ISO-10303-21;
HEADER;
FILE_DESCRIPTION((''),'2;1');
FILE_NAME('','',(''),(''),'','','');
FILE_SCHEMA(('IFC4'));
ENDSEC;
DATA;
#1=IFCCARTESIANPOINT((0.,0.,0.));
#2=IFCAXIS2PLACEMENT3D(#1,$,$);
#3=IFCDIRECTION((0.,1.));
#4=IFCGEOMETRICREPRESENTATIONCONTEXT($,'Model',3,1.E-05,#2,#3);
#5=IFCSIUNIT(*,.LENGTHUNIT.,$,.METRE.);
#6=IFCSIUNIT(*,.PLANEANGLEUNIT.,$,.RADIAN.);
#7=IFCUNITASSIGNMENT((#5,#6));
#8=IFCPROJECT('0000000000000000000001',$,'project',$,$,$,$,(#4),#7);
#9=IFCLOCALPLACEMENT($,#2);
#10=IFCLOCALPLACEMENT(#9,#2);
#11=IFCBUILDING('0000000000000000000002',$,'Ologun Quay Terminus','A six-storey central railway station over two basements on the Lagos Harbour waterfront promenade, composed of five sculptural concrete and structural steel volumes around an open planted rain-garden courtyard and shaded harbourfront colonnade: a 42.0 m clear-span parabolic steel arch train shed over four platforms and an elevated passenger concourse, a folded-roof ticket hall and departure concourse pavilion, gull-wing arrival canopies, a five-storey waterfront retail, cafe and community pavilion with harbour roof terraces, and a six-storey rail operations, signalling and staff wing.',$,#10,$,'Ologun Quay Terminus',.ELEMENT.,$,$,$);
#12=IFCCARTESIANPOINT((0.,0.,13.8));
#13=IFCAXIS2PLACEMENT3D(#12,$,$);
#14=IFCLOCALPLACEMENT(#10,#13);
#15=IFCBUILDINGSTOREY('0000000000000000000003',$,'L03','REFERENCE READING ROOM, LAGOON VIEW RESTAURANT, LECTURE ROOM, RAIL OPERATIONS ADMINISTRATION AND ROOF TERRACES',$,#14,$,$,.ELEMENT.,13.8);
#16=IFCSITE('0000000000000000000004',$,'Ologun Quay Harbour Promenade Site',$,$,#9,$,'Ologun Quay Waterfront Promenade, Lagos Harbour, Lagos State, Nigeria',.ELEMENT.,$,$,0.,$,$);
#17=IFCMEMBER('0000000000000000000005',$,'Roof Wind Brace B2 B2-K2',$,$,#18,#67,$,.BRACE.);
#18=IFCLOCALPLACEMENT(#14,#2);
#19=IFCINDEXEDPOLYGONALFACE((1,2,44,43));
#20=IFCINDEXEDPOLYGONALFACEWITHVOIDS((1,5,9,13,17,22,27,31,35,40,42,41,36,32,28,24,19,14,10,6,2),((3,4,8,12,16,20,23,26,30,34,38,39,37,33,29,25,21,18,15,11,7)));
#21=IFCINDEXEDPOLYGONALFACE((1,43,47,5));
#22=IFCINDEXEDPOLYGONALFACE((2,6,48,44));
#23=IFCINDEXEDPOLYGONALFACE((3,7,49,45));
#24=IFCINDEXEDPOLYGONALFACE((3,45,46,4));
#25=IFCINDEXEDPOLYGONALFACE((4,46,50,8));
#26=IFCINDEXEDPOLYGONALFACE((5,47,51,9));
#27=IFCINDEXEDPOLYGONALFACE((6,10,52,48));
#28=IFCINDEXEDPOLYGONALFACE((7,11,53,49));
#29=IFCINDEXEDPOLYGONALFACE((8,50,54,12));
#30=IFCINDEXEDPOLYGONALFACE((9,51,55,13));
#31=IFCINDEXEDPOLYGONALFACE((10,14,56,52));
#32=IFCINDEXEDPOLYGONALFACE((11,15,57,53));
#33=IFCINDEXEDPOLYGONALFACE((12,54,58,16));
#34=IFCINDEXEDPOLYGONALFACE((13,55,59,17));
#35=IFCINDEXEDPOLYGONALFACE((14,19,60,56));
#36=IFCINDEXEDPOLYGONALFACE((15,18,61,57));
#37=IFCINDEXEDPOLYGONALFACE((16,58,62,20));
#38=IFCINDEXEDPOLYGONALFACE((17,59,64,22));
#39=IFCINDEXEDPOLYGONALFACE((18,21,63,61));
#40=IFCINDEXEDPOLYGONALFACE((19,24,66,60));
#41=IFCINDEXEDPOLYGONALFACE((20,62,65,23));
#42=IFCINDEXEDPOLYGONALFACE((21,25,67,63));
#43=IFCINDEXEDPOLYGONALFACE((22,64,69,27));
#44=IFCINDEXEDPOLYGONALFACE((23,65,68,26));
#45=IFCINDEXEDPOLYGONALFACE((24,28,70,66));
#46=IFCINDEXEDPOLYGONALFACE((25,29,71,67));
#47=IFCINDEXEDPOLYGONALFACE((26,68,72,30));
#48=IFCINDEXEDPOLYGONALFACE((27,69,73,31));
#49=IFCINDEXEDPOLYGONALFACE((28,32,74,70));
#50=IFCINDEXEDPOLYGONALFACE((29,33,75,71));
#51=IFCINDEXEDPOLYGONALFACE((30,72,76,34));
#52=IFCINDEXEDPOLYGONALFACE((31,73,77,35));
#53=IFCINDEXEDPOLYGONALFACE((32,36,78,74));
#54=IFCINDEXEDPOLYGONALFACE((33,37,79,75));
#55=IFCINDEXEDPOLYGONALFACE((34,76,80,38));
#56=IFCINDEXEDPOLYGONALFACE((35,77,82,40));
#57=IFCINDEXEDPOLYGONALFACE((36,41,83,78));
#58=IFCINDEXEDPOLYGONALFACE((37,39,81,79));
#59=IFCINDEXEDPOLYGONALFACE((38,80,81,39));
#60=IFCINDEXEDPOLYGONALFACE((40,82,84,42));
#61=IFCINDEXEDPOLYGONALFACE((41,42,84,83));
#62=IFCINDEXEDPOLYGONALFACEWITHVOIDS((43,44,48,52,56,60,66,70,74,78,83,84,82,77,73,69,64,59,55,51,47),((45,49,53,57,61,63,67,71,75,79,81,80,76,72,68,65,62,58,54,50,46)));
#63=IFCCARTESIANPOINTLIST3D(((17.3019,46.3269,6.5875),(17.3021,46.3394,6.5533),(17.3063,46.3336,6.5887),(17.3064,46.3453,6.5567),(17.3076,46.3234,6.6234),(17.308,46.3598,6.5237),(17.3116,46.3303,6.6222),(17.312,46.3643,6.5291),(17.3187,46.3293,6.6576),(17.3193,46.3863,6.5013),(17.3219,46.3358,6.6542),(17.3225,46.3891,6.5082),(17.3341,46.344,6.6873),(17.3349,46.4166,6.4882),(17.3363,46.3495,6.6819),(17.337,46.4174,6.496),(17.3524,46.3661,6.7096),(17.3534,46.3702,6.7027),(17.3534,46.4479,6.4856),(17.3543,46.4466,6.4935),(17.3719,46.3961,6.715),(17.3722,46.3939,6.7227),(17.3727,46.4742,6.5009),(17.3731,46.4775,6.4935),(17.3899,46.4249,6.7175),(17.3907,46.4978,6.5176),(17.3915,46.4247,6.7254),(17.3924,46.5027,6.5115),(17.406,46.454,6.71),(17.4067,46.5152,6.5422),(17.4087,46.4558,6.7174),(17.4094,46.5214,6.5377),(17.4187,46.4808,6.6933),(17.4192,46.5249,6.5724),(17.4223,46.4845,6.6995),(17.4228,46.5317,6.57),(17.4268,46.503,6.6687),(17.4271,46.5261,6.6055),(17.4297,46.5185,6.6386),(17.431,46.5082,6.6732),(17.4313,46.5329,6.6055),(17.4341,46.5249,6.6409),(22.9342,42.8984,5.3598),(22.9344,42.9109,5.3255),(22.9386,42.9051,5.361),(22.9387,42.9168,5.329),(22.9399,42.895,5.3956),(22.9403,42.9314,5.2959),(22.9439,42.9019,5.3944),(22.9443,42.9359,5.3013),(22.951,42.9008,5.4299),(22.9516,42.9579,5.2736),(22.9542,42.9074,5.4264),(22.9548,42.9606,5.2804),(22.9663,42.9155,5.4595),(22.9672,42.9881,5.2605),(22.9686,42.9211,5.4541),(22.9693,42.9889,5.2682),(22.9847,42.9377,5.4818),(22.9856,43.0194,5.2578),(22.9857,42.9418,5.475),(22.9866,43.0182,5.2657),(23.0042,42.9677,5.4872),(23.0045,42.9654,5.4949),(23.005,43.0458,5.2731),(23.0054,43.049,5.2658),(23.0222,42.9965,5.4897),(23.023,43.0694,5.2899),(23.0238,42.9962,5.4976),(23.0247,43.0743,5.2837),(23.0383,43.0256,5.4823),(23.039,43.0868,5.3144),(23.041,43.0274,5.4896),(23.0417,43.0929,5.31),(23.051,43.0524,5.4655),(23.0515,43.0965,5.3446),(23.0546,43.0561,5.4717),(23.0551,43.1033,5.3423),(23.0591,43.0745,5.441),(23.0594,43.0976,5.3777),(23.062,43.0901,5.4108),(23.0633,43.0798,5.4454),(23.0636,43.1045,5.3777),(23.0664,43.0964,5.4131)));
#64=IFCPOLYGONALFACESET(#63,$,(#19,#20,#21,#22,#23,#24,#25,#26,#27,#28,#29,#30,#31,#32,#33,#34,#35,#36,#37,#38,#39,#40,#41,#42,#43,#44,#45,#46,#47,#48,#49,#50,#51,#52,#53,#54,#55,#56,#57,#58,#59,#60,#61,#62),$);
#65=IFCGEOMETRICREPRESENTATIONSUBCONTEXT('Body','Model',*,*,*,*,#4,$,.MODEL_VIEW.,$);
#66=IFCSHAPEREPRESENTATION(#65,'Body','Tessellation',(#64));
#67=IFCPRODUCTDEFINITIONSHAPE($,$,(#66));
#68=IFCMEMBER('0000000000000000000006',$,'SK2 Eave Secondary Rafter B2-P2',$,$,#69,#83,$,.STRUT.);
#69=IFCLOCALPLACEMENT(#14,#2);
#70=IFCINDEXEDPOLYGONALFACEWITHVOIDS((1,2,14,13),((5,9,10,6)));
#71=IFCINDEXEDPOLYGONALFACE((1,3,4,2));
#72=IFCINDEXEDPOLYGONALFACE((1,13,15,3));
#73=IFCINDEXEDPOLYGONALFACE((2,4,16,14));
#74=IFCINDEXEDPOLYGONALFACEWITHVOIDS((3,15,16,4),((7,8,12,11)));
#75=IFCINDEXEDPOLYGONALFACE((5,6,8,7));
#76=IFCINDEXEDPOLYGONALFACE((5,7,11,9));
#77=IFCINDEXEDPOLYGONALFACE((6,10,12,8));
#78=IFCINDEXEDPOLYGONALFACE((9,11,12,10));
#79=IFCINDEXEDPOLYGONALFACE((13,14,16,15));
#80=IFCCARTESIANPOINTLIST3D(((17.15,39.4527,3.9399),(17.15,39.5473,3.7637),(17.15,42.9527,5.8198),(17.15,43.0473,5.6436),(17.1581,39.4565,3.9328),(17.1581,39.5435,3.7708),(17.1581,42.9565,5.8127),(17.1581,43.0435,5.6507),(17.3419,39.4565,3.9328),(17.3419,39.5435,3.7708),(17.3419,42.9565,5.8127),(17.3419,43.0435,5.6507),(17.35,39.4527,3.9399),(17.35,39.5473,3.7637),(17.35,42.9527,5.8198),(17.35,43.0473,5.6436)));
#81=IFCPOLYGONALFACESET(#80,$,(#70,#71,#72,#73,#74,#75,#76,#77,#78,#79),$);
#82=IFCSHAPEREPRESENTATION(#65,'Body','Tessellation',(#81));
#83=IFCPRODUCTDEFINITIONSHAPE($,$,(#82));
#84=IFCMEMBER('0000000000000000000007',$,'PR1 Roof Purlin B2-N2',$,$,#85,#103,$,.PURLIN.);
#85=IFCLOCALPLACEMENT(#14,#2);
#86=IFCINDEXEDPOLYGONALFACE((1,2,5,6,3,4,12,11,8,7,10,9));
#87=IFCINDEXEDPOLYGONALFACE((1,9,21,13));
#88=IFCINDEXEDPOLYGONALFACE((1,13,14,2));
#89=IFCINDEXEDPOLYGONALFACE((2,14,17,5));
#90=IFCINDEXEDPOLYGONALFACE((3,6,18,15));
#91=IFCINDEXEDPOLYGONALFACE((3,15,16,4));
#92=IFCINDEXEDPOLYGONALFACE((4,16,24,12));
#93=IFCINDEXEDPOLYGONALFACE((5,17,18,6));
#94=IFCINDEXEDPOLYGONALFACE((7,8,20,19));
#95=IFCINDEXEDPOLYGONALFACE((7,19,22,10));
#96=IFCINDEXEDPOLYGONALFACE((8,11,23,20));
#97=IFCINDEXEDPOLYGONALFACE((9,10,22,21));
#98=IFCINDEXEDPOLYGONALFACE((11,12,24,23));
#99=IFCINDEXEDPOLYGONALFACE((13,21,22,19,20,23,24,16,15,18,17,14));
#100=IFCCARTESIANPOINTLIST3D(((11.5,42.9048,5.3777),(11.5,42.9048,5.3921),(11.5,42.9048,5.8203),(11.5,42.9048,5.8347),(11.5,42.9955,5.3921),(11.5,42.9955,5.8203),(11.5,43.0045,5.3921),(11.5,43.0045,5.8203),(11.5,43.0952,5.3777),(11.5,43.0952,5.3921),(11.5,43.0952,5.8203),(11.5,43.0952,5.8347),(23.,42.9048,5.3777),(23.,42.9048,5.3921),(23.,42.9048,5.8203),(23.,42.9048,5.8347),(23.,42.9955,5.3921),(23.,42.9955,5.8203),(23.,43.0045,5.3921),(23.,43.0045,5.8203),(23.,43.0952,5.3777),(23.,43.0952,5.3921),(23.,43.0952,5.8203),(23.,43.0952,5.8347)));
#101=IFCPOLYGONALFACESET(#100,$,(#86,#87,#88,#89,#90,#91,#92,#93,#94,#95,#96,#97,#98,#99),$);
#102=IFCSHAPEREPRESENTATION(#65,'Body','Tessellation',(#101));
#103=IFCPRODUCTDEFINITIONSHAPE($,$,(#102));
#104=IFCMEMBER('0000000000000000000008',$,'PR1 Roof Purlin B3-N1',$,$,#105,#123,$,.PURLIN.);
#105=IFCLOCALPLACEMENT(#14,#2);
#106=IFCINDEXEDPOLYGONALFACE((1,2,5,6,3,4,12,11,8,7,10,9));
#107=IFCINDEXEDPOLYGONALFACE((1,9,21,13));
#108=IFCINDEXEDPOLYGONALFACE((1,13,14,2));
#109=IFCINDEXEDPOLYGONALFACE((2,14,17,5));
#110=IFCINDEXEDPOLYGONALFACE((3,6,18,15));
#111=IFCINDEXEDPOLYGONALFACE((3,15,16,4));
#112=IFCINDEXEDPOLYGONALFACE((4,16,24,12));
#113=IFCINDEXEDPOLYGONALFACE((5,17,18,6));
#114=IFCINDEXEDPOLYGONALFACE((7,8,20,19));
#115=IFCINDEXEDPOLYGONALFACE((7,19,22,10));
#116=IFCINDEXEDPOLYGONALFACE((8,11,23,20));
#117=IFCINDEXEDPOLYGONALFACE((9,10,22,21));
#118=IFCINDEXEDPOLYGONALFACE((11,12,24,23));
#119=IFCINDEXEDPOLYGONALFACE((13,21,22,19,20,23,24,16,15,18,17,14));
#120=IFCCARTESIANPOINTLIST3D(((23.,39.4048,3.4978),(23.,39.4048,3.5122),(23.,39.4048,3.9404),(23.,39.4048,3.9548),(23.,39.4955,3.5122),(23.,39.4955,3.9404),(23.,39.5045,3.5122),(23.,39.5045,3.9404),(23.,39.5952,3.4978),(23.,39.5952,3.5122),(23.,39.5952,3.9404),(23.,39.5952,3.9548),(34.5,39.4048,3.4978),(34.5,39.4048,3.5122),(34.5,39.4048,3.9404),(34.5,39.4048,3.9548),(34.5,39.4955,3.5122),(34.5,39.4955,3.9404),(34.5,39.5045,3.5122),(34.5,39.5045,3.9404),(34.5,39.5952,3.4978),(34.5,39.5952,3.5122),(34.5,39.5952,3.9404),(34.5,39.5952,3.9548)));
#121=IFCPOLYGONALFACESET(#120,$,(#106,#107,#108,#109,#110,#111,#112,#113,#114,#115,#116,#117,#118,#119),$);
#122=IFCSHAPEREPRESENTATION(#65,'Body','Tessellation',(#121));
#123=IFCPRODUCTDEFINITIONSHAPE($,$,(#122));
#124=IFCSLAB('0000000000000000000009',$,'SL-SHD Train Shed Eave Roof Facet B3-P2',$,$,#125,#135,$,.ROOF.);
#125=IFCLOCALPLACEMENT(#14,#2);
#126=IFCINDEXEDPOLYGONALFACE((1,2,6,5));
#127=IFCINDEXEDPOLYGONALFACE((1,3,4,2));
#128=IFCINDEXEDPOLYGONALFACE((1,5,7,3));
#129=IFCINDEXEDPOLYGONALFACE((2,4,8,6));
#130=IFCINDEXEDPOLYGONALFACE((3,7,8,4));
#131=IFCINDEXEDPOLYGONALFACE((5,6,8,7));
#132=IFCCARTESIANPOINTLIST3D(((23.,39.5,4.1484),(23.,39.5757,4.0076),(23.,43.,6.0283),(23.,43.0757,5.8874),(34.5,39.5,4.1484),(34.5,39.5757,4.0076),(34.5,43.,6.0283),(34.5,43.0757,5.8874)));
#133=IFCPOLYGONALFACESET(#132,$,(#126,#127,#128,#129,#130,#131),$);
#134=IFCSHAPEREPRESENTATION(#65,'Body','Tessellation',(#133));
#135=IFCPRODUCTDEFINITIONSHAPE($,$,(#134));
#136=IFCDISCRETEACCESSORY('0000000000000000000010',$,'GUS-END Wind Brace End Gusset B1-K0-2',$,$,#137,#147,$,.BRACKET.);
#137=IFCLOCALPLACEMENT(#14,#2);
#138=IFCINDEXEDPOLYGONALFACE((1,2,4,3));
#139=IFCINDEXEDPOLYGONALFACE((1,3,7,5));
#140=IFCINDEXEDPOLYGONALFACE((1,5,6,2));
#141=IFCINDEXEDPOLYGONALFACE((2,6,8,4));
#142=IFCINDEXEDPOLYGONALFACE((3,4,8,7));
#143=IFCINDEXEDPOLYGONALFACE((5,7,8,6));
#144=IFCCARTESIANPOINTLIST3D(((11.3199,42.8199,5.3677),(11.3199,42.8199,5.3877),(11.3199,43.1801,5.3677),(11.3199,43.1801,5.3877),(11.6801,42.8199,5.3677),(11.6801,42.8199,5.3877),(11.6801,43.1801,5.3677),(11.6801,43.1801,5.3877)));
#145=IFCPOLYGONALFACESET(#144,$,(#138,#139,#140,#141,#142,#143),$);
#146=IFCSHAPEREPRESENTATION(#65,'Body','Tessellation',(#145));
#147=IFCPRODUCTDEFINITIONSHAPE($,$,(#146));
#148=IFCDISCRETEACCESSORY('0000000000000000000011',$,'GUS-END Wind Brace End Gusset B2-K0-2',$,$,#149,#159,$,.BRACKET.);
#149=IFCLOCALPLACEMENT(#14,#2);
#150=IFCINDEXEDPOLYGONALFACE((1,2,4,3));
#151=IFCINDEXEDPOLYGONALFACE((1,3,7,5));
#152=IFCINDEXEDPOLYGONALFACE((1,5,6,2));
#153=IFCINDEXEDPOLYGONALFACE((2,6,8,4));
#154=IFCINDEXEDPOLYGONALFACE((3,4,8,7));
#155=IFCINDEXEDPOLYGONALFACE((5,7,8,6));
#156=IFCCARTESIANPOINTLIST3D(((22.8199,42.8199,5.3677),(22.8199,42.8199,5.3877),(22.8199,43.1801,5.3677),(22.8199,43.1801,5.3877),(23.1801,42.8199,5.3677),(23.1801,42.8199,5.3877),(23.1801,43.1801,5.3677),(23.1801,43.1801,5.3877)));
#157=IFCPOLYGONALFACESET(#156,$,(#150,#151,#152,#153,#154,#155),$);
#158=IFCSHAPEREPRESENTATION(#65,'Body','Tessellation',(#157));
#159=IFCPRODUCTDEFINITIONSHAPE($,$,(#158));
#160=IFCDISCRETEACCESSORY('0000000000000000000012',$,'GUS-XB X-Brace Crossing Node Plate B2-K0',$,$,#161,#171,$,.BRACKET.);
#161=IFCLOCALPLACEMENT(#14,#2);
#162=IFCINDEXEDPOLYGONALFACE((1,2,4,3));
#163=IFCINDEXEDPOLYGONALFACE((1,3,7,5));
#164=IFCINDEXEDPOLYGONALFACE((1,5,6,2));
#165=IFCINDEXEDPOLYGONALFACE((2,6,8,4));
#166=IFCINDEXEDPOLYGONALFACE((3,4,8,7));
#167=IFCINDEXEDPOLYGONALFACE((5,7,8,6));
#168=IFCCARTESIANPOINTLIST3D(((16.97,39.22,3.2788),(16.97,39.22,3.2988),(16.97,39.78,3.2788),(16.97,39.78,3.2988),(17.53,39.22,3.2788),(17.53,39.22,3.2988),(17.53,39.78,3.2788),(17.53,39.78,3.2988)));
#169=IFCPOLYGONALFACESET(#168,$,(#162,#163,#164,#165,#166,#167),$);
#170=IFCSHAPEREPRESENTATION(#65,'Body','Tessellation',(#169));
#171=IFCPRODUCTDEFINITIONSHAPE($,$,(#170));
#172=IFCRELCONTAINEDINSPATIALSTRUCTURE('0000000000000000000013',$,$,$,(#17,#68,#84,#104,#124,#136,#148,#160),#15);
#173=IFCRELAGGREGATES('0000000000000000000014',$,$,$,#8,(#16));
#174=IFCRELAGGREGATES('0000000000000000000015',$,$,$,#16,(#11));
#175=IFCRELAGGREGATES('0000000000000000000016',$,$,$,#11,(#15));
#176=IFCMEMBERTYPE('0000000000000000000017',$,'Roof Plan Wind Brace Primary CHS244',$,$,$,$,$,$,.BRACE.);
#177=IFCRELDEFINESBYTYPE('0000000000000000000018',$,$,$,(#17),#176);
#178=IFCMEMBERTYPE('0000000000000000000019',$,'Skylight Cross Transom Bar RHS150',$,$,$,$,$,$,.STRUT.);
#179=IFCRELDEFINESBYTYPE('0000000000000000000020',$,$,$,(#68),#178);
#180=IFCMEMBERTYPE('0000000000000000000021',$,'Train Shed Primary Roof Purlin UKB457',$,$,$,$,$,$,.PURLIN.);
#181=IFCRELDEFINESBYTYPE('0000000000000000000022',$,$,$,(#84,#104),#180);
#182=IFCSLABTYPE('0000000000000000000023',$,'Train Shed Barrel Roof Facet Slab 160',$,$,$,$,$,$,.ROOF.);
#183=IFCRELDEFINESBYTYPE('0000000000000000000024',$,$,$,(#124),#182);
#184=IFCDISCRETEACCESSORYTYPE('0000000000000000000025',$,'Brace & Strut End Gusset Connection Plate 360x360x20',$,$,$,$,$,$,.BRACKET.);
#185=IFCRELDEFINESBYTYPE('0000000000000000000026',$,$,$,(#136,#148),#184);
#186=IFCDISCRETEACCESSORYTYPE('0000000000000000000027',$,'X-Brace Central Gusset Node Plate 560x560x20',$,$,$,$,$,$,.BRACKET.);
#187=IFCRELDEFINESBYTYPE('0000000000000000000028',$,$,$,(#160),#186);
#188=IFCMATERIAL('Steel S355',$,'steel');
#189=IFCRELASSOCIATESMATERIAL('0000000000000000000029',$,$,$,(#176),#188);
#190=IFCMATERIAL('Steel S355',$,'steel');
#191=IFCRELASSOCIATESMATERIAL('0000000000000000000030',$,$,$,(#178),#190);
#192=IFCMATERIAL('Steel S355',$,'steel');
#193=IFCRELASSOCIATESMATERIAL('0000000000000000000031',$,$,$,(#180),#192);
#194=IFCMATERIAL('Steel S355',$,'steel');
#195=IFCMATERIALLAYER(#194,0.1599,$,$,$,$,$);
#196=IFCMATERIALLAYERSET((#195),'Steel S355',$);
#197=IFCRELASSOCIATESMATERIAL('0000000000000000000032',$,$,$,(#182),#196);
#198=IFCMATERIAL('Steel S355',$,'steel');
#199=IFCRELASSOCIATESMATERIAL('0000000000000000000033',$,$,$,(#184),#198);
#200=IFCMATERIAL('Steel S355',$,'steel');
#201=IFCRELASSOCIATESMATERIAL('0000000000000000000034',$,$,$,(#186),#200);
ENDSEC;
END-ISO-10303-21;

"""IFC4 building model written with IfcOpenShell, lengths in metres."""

from ifc_helpers import new_model, si_unit, direction, frame, origin, origin_2d, place, context, subcontext, project, spatial, polyline, rectangle, hollow_rectangle, hollow_circle, i_section, outline, extrude, material, layer, layer_set, material_profile, profile_set, type_object, element, save


model = new_model("IFC4")

# Units and contexts
model_context = context("Model", 3, precision=1e-05, world=origin(), true_north=direction((0.0, 1.0)))
body_context = subcontext(model_context, "Body", "Model", "MODEL_VIEW")
ifc_project = project(units=[si_unit("LENGTHUNIT", "METRE"), si_unit("PLANEANGLEUNIT", "RADIAN")], contexts=[model_context])

# Site, building, storey
site_placement = place(None, origin())
site = spatial("IfcSite", under=ifc_project, at=site_placement, Name="Ologun Quay Harbour Promenade Site", LongName="Ologun Quay Waterfront Promenade, Lagos Harbour, Lagos State, Nigeria", CompositionType="ELEMENT", RefElevation=0.0)
building_placement = place(site_placement, origin())
building = spatial("IfcBuilding", under=site, at=building_placement, Name="Ologun Quay Terminus", Description="A six-storey central railway station over two basements on the Lagos Harbour waterfront promenade, composed of five sculptural concrete and structural steel volumes around an open planted rain-garden courtyard and shaded harbourfront colonnade: a 42.0 m clear-span parabolic steel arch train shed over four platforms and an elevated passenger concourse, a folded-roof ticket hall and departure concourse pavilion, gull-wing arrival canopies, a five-storey waterfront retail, cafe and community pavilion with harbour roof terraces, and a six-storey rail operations, signalling and staff wing.", LongName="Ologun Quay Terminus", CompositionType="ELEMENT")
storey_placement = place(building_placement, frame((0.0, 0.0, 13.8)))
storey = spatial("IfcBuildingStorey", under=building, at=storey_placement, Name="L03", Description="REFERENCE READING ROOM, LAGOON VIEW RESTAURANT, LECTURE ROOM, RAIL OPERATIONS ADMINISTRATION AND ROOF TERRACES", CompositionType="ELEMENT", Elevation=13.8)

# Members
ifc_material_1 = material(Name="Steel S355", Category="steel")
ifc_material_profile_1 = material_profile(ifc_material_1, hollow_circle(Radius=0.1223, WallThickness=0.0081, at=origin_2d()), Name="CHS 244.5x8")
ifc_profile_set_1 = profile_set([ifc_material_profile_1], Name="Steel S355")
member_type_1 = type_object("IfcMemberType", Name="Roof Plan Wind Brace Primary CHS244", PredefinedType="BRACE", material=ifc_profile_set_1)
member_1_placement = place(storey_placement, frame((17.3677, 46.4285, 6.6055), z_axis=(0.839758, -0.511171, -0.183058), x_axis=(0.519958, 0.854192, 0.0)))
element("IfcMember", 1, at=member_1_placement, inside=storey, type_object=member_type_1, Name="Roof Wind Brace B2 B2-K2", PredefinedType="BRACE", context=body_context, shape_type="SweptSolid", body=[
    extrude(hollow_circle(Radius=0.1223, WallThickness=0.0081, at=origin_2d()), origin(), (0.0, 0.0, 1.0), 6.707),
])
ifc_material_2 = material(Name="Steel S355", Category="steel")
ifc_material_profile_2 = material_profile(ifc_material_2, hollow_rectangle(XDim=0.2, YDim=0.2, WallThickness=0.0081, at=origin_2d()), Name="SHS 200x200x8")
ifc_profile_set_2 = profile_set([ifc_material_profile_2], Name="Steel S355")
member_type_2 = type_object("IfcMemberType", Name="Skylight Cross Transom Bar RHS150", PredefinedType="STRUT", material=ifc_profile_set_2)
member_2_placement = place(storey_placement, frame((17.25, 39.5, 3.8518), z_axis=(0.0, 0.880968, 0.473176), x_axis=(-1.0, 0.0, 0.0)))
element("IfcMember", 2, at=member_2_placement, inside=storey, type_object=member_type_2, Name="SK2 Eave Secondary Rafter B2-P2", PredefinedType="STRUT", context=body_context, shape_type="SweptSolid", body=[
    extrude(hollow_rectangle(XDim=0.2, YDim=0.2, WallThickness=0.0081, at=origin_2d()), origin(), (0.0, 0.0, 1.0), 3.9729),
])
ifc_material_3 = material(Name="Steel S355", Category="steel")
ifc_material_profile_3 = material_profile(ifc_material_3, i_section(OverallWidth=0.1904, OverallDepth=0.457, WebThickness=0.009, FlangeThickness=0.0144, at=origin_2d()), Name="UKB 457x191x74")
ifc_profile_set_3 = profile_set([ifc_material_profile_3], Name="Steel S355")
member_type_3 = type_object("IfcMemberType", Name="Train Shed Primary Roof Purlin UKB457", PredefinedType="PURLIN", material=ifc_profile_set_3)
for number, where, z_axis, x_axis, name in (
    (3, (11.5, 43.0, 5.6062), (1.0, 0.0, 0.0), (0.0, 1.0, 0.0), "PR1 Roof Purlin B2-N2"),
    (4, (23.0, 39.5, 3.7263), (1.0, 0.0, 0.0), (0.0, 1.0, 0.0), "PR1 Roof Purlin B3-N1"),
):
    element("IfcMember", number, at=place(storey_placement, frame(where, z_axis=z_axis, x_axis=x_axis)), inside=storey, type_object=member_type_3, Name=name, PredefinedType="PURLIN", context=body_context, shape_type="SweptSolid", body=[
        extrude(i_section(OverallWidth=0.1904, OverallDepth=0.457, WebThickness=0.009, FlangeThickness=0.0144, at=origin_2d()), origin(), (0.0, 0.0, 1.0), 11.5),
    ])

# Slab
ifc_material_4 = material(Name="Steel S355", Category="steel")
ifc_layer = layer(ifc_material_4, 0.1599)
ifc_layer_set = layer_set([ifc_layer], Name="Steel S355")
slab_type = type_object("IfcSlabType", Name="Train Shed Barrel Roof Facet Slab 160", PredefinedType="ROOF", material=ifc_layer_set)
slab_placement = place(storey_placement, frame((23.0, 39.5, 4.1484), z_axis=(0.0, -0.473176, 0.880968), x_axis=(1.0, 0.0, 0.0)))
element("IfcSlab", 5, at=slab_placement, inside=storey, type_object=slab_type, Name="SL-SHD Train Shed Eave Roof Facet B3-P2", PredefinedType="ROOF", context=body_context, shape_type="SweptSolid", body=[
    extrude(outline(polyline([(0.0, 0.0), (11.5, 0.0), (11.5, 3.9729), (0.0, 3.9729), (0.0, 0.0)])), origin(), (0.0, 0.0, -1.0), 0.1599),
])

# Discrete accessories
ifc_material_5 = material(Name="Steel S355", Category="steel")
discrete_accessory_type_1 = type_object("IfcDiscreteAccessoryType", Name="Brace & Strut End Gusset Connection Plate 360x360x20", PredefinedType="BRACKET", material=ifc_material_5)
for number, where, z_axis, x_axis, name in (
    (6, (11.5, 43.0, 5.3677), (0.0, 0.0, 1.0), (1.0, 0.0, 0.0), "GUS-END Wind Brace End Gusset B1-K0-2"),
    (7, (23.0, 43.0, 5.3677), (0.0, 0.0, 1.0), (1.0, 0.0, 0.0), "GUS-END Wind Brace End Gusset B2-K0-2"),
):
    element("IfcDiscreteAccessory", number, at=place(storey_placement, frame(where, z_axis=z_axis, x_axis=x_axis)), inside=storey, type_object=discrete_accessory_type_1, Name=name, PredefinedType="BRACKET", context=body_context, shape_type="SweptSolid", body=[
        extrude(rectangle(XDim=0.3601, YDim=0.3601, at=origin_2d()), origin(), (0.0, 0.0, 1.0), 0.02),
    ])
ifc_material_6 = material(Name="Steel S355", Category="steel")
discrete_accessory_type_2 = type_object("IfcDiscreteAccessoryType", Name="X-Brace Central Gusset Node Plate 560x560x20", PredefinedType="BRACKET", material=ifc_material_6)
discrete_accessory_placement = place(storey_placement, frame((17.25, 39.5, 3.2788), z_axis=(0.0, 0.0, 1.0), x_axis=(1.0, 0.0, 0.0)))
element("IfcDiscreteAccessory", 8, at=discrete_accessory_placement, inside=storey, type_object=discrete_accessory_type_2, Name="GUS-XB X-Brace Crossing Node Plate B2-K0", PredefinedType="BRACKET", context=body_context, shape_type="SweptSolid", body=[
    extrude(rectangle(XDim=0.5601, YDim=0.5601, at=origin_2d()), origin(), (0.0, 0.0, 1.0), 0.02),
])

save(model, "model.ifc")
